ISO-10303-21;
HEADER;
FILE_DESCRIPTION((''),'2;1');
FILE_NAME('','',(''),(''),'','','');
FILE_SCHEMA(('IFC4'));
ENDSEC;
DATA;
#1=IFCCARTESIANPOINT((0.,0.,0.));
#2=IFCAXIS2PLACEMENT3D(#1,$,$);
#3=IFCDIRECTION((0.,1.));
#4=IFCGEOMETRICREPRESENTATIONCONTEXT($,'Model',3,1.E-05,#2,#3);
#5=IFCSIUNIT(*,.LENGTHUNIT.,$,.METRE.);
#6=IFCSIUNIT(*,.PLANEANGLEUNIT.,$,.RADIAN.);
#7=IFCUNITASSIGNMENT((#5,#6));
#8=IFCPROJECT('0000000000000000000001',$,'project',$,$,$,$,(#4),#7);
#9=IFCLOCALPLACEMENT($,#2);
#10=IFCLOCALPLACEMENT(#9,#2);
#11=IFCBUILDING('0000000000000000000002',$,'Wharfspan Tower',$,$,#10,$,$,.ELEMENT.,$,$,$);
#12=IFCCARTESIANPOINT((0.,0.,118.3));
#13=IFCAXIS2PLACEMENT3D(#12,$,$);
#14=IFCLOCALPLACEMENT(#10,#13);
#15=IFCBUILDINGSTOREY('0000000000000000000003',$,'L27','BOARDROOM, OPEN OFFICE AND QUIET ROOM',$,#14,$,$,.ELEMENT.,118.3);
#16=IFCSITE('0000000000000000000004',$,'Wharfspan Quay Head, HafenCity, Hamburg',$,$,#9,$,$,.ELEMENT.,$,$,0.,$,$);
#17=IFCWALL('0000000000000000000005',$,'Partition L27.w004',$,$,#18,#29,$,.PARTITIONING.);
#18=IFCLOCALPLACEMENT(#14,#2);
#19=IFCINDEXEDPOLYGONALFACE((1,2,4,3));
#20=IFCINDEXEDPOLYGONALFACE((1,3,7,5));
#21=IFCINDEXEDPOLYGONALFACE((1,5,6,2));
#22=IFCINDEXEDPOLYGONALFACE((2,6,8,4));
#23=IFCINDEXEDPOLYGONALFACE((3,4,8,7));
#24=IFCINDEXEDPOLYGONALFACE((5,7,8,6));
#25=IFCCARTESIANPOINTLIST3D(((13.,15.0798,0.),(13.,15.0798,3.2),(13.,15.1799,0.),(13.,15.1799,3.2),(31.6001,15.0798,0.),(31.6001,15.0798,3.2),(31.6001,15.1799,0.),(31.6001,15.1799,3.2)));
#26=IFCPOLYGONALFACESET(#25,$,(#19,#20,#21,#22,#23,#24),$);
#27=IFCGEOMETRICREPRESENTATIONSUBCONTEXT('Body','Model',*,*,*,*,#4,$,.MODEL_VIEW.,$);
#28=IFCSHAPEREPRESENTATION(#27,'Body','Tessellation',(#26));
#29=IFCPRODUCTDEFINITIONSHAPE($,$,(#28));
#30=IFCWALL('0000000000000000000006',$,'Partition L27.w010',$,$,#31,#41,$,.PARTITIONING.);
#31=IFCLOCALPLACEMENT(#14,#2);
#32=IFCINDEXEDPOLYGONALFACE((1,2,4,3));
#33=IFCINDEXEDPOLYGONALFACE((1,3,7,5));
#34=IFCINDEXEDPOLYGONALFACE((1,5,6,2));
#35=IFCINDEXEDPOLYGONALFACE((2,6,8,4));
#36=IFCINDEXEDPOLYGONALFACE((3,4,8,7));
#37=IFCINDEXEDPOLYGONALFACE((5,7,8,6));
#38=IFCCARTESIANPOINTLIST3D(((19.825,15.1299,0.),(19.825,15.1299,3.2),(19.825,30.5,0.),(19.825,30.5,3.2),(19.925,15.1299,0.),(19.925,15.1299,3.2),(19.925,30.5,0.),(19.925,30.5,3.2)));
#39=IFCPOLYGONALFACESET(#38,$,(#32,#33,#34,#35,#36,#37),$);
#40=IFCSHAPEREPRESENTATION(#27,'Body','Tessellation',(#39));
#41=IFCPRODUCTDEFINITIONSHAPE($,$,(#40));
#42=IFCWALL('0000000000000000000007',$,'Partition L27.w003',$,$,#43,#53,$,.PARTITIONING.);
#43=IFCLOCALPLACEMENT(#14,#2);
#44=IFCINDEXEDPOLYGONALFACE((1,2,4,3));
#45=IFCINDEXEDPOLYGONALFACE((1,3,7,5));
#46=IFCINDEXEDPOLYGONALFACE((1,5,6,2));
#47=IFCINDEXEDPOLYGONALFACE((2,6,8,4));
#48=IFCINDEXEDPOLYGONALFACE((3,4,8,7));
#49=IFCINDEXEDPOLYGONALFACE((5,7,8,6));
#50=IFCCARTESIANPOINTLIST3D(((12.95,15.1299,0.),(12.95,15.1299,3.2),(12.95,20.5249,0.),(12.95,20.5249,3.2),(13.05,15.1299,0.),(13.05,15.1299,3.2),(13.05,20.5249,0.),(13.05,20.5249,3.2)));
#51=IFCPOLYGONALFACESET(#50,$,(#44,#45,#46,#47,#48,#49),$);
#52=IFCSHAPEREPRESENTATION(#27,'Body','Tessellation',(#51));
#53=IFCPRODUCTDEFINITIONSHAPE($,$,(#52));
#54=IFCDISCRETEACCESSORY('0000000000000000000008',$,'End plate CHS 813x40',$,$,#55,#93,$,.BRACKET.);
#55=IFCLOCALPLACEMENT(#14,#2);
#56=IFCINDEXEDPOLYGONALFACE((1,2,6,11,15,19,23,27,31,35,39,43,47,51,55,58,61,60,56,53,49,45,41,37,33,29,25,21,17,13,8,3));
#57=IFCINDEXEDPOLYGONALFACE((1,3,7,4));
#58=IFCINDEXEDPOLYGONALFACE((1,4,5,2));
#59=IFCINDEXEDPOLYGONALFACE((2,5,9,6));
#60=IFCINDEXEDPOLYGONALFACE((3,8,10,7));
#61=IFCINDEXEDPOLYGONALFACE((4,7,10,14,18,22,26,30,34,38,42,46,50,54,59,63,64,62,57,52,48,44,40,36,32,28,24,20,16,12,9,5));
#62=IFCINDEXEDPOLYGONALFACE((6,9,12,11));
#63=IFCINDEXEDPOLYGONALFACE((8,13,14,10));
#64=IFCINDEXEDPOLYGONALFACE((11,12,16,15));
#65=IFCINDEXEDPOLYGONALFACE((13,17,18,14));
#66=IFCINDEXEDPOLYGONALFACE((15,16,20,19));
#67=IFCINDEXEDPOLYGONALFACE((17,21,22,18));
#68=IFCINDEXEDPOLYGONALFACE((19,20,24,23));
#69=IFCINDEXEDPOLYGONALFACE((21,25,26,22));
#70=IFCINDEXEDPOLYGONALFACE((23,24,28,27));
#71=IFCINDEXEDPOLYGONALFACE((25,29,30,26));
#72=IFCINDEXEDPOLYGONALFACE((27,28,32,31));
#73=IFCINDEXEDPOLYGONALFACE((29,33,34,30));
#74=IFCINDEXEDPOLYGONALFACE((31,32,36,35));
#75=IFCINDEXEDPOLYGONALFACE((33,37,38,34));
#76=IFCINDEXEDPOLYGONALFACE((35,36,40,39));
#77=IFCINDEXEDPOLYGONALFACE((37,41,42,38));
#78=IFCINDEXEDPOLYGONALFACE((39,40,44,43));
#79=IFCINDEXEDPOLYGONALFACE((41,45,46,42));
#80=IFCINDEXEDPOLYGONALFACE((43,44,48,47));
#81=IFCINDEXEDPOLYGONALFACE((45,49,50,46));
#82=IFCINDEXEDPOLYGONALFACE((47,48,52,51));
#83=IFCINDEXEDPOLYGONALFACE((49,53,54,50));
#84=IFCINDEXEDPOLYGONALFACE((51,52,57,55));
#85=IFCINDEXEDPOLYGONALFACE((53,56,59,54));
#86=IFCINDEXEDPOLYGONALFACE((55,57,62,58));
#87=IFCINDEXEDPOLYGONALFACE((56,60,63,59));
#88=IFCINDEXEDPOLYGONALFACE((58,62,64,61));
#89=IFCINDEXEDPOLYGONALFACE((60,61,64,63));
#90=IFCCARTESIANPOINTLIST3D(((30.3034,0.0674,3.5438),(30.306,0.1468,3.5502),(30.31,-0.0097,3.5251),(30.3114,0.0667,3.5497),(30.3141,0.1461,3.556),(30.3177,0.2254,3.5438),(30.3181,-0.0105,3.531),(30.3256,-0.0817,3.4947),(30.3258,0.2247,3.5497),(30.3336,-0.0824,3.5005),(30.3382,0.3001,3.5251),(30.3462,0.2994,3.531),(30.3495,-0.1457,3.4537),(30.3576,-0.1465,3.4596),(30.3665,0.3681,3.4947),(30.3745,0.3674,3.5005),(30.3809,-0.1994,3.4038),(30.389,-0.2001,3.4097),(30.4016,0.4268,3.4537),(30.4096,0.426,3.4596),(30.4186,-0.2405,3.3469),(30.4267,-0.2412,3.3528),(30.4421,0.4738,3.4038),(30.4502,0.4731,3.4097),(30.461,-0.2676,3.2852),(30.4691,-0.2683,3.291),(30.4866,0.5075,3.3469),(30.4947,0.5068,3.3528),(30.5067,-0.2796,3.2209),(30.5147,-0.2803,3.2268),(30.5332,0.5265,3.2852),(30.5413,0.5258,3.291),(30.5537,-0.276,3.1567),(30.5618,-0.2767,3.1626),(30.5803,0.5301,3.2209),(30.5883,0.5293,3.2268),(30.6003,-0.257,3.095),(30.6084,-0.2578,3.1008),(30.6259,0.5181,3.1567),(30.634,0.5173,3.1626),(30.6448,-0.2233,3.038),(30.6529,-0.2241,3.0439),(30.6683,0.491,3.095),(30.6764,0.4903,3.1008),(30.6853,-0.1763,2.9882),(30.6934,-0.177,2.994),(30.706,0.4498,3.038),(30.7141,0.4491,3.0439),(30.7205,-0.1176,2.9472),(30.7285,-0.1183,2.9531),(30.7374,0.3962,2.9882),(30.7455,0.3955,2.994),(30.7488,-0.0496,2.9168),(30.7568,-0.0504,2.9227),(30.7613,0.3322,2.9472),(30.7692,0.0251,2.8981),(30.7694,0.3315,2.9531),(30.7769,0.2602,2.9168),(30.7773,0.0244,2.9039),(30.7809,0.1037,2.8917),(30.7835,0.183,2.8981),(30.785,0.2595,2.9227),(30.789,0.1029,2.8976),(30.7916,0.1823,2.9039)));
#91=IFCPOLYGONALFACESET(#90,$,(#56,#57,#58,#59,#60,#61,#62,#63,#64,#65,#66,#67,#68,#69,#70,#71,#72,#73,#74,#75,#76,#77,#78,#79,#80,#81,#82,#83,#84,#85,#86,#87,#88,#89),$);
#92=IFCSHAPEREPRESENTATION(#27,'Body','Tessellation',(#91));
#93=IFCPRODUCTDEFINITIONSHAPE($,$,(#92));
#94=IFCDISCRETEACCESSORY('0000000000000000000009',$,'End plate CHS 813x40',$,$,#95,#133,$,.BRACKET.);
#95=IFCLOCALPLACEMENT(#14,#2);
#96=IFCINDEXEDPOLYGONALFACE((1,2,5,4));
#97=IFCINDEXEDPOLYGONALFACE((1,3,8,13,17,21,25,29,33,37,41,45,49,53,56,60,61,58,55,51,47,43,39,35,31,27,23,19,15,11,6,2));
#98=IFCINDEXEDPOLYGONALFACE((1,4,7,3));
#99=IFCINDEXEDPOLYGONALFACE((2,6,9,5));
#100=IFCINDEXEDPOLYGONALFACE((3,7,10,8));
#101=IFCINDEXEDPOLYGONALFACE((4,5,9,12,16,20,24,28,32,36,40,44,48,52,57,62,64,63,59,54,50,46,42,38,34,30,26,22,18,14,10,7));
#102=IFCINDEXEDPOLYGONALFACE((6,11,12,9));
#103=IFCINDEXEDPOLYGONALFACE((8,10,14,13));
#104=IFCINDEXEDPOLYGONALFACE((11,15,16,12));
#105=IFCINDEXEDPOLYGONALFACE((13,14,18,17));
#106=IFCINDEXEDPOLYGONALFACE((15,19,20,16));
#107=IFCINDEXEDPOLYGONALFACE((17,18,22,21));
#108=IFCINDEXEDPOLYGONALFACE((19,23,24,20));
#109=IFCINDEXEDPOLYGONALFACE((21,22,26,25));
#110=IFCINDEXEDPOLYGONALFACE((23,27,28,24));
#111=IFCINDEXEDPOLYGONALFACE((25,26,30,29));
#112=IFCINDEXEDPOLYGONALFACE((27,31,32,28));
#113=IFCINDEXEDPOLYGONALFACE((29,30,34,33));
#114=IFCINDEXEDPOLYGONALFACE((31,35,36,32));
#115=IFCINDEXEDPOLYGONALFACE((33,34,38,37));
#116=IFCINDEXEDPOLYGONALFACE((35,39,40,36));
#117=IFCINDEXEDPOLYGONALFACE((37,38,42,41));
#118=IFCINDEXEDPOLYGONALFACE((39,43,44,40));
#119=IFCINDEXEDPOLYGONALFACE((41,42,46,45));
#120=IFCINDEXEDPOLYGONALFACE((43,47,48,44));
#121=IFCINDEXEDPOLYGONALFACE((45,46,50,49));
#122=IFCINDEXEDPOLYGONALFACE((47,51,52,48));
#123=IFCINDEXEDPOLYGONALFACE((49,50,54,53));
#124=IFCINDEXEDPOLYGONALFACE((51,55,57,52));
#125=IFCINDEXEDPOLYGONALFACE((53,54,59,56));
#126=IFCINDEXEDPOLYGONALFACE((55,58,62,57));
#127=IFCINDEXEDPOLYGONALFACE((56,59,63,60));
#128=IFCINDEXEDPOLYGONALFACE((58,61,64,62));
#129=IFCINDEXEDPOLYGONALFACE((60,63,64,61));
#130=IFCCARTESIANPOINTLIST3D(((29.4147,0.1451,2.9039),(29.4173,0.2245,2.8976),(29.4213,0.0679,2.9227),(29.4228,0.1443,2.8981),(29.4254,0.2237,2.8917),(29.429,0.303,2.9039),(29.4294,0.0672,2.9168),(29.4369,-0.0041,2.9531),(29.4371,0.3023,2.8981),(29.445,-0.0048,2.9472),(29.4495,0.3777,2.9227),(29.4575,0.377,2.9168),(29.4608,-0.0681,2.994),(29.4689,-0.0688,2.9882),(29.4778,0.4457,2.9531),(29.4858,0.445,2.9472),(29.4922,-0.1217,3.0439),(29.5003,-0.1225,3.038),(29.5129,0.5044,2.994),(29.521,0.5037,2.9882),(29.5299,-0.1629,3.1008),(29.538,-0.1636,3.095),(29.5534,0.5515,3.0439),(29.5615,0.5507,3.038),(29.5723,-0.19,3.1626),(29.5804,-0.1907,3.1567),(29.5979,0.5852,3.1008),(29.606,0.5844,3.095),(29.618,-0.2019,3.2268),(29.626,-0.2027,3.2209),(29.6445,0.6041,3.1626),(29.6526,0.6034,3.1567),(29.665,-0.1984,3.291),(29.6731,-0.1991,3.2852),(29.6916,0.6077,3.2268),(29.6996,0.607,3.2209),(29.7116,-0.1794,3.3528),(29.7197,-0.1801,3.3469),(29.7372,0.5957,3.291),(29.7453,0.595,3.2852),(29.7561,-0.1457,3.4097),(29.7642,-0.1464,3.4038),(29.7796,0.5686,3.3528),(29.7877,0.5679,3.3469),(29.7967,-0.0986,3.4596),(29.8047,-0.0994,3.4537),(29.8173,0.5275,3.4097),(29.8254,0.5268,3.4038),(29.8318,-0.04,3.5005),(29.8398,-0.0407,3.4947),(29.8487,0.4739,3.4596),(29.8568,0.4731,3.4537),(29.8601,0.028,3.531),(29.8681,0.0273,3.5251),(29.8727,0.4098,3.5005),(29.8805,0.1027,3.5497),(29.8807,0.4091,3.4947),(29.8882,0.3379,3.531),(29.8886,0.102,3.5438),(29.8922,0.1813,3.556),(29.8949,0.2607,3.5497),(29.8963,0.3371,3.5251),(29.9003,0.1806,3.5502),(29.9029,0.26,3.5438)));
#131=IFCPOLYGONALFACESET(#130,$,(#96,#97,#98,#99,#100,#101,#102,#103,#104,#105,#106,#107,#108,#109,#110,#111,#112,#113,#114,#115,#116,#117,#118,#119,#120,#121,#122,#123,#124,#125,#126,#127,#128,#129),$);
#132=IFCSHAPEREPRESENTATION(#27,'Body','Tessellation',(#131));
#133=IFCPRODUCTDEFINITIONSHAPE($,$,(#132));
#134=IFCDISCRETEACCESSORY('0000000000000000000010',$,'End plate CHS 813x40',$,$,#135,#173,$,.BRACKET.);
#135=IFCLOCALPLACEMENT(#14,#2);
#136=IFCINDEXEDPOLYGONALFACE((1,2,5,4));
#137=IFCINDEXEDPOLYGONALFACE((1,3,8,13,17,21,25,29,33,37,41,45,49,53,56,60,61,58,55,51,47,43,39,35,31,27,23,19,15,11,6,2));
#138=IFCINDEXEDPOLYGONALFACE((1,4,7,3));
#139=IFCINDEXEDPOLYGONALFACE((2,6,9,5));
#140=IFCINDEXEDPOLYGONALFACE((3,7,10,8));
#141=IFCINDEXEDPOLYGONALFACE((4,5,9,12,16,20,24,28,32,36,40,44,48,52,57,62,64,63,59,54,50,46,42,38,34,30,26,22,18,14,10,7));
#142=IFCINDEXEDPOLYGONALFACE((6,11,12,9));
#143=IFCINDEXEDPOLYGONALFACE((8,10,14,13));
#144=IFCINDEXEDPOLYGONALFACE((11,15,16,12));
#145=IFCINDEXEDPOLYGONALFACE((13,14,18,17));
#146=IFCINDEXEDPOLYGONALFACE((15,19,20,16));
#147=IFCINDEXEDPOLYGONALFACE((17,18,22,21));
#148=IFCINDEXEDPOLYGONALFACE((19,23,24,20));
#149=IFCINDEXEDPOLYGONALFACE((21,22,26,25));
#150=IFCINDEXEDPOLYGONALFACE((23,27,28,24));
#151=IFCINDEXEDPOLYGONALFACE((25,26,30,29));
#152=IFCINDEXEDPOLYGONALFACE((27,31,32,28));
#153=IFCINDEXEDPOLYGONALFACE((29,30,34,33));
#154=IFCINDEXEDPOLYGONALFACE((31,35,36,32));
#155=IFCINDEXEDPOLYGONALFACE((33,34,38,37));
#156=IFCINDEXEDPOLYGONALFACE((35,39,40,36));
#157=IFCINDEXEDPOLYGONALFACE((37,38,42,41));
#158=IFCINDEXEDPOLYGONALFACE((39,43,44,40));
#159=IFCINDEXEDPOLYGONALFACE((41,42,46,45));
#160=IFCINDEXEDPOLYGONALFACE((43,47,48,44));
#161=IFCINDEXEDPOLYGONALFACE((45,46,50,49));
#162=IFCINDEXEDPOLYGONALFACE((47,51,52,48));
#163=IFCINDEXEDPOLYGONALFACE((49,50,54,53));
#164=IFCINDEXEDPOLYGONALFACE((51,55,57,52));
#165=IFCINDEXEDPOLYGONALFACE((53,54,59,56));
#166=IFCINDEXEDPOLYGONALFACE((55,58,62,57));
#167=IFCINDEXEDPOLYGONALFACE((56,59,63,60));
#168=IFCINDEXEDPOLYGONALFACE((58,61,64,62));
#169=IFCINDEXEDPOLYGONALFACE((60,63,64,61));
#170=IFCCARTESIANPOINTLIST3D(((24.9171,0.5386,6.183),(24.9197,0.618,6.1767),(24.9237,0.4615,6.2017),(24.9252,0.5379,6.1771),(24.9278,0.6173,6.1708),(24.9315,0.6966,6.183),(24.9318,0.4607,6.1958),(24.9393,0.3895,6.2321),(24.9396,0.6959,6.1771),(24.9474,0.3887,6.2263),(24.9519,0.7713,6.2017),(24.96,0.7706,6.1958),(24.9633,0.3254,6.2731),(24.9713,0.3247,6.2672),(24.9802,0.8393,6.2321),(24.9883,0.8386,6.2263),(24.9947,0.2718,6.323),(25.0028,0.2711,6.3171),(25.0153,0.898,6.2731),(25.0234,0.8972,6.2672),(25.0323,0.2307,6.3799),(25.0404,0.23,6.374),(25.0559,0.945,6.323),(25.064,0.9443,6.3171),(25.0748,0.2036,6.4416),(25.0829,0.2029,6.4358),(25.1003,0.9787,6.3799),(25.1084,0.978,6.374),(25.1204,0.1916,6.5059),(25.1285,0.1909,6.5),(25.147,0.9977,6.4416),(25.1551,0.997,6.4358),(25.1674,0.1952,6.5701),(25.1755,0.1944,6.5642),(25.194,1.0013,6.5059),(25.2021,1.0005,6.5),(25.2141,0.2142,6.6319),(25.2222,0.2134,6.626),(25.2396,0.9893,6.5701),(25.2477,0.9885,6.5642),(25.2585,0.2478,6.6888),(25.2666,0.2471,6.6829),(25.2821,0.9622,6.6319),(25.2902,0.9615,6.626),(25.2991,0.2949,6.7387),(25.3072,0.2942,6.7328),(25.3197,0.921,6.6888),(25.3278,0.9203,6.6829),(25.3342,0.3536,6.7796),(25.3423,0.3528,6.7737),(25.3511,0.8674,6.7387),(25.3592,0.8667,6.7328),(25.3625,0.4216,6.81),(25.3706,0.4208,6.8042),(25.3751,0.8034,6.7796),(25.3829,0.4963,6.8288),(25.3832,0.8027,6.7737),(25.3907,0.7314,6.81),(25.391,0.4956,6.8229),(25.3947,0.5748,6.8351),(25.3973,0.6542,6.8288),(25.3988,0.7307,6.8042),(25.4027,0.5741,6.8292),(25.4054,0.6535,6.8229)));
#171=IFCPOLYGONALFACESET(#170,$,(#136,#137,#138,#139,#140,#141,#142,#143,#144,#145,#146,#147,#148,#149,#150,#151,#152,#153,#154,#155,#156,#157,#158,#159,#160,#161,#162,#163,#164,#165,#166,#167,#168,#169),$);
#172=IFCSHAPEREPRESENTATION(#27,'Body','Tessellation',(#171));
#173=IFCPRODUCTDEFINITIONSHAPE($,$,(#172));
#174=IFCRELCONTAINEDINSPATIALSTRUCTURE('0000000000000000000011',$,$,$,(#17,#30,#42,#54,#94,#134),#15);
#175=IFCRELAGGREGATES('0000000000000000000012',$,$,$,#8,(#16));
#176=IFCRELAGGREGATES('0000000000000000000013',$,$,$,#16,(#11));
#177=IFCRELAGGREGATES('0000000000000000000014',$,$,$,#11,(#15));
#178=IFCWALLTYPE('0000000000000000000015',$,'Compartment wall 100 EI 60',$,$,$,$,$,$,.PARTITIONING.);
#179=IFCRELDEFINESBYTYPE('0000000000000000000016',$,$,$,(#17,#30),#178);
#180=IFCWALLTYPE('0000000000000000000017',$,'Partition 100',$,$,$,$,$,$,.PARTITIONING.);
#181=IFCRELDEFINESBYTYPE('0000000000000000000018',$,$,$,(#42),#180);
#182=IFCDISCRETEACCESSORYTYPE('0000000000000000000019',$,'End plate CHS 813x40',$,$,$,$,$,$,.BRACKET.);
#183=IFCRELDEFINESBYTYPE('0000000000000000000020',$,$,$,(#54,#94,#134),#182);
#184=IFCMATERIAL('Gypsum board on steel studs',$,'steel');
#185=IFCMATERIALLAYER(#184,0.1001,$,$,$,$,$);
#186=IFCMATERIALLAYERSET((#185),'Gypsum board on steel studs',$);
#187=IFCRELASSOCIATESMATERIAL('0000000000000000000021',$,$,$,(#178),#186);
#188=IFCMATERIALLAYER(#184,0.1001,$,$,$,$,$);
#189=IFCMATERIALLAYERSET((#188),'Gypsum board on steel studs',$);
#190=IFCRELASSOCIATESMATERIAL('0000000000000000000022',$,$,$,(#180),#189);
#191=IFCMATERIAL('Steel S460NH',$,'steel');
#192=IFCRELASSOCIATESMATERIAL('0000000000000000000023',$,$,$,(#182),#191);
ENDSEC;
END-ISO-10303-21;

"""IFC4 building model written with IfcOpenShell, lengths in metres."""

from ifc_helpers import new_model, si_unit, direction, frame, frame_2d, origin, origin_2d, place, context, subcontext, project, spatial, rectangle, circle, extrude, material, layer, layer_set, material_profile, profile_set, type_object, element, save


model = new_model("IFC4")

# Units and contexts
model_context = context("Model", 3, precision=1e-05, world=origin(), true_north=direction((0.0, 1.0)))
body_context = subcontext(model_context, "Body", "Model", "MODEL_VIEW")
ifc_project = project(units=[si_unit("LENGTHUNIT", "METRE"), si_unit("PLANEANGLEUNIT", "RADIAN")], contexts=[model_context])

# Site, building, storey
site_placement = place(None, origin())
site = spatial("IfcSite", under=ifc_project, at=site_placement, Name="Wharfspan Quay Head, HafenCity, Hamburg", CompositionType="ELEMENT", RefElevation=0.0)
building_placement = place(site_placement, origin())
building = spatial("IfcBuilding", under=site, at=building_placement, Name="Wharfspan Tower", CompositionType="ELEMENT")
storey_placement = place(building_placement, frame((0.0, 0.0, 118.3)))
storey = spatial("IfcBuildingStorey", under=building, at=storey_placement, Name="L27", Description="BOARDROOM, OPEN OFFICE AND QUIET ROOM", CompositionType="ELEMENT", Elevation=118.3)

# Shared definitions
ifc_material_1 = material(Name="Steel S460NH", Category="steel")

# Walls
ifc_material_2 = material(Name="Gypsum board on steel studs", Category="steel")
ifc_layer_1 = layer(ifc_material_2, 0.1001)
ifc_layer_set_1 = layer_set([ifc_layer_1], Name="Gypsum board on steel studs")
wall_type_1 = type_object("IfcWallType", Name="Compartment wall 100 EI 60", PredefinedType="PARTITIONING", material=ifc_layer_set_1)
wall_1_placement = place(storey_placement, frame((13.0, 15.1299, 0.0), z_axis=(0.0, 0.0, 1.0), x_axis=(1.0, 0.0, 0.0)))
element("IfcWall", 1, at=wall_1_placement, inside=storey, type_object=wall_type_1, Name="Partition L27.w004", PredefinedType="PARTITIONING", context=body_context, shape_type="SweptSolid", body=[
    extrude(rectangle(XDim=18.6001, YDim=0.1001, at=frame_2d((9.3, 0.0))), origin(), (0.0, 0.0, 1.0), 3.2),
])
wall_2_placement = place(storey_placement, frame((19.875, 15.1299, 0.0), z_axis=(0.0, 0.0, 1.0), x_axis=(0.0, 1.0, 0.0)))
element("IfcWall", 2, at=wall_2_placement, inside=storey, type_object=wall_type_1, Name="Partition L27.w010", PredefinedType="PARTITIONING", context=body_context, shape_type="SweptSolid", body=[
    extrude(rectangle(XDim=15.3701, YDim=0.1001, at=frame_2d((7.6851, 0.0))), origin(), (0.0, 0.0, 1.0), 3.2),
])
ifc_layer_2 = layer(ifc_material_2, 0.1001)
ifc_layer_set_2 = layer_set([ifc_layer_2], Name="Gypsum board on steel studs")
wall_type_2 = type_object("IfcWallType", Name="Partition 100", PredefinedType="PARTITIONING", material=ifc_layer_set_2)
wall_3_placement = place(storey_placement, frame((13.0, 15.1299, 0.0), z_axis=(0.0, 0.0, 1.0), x_axis=(0.0, 1.0, 0.0)))
element("IfcWall", 3, at=wall_3_placement, inside=storey, type_object=wall_type_2, Name="Partition L27.w003", PredefinedType="PARTITIONING", context=body_context, shape_type="SweptSolid", body=[
    extrude(rectangle(XDim=5.395, YDim=0.1001, at=frame_2d((2.6975, 0.0))), origin(), (0.0, 0.0, 1.0), 3.2),
])

# Discrete accessories
ifc_material_profile_1 = material_profile(ifc_material_1, circle(Radius=0.4065, at=origin_2d()))
ifc_profile_set_1 = profile_set([ifc_material_profile_1], Name="Steel S460NH")
discrete_accessory_type = type_object("IfcDiscreteAccessoryType", Name="End plate CHS 813x40", PredefinedType="BRACKET", material=ifc_profile_set_1)
for number, where, z_axis, x_axis, name in (
    (4, (30.5435, 0.1252, 3.2209), (0.806559, -0.073324, 0.586588), (0.090536, 0.99589, 0.0), "End plate CHS 813x40"),
    (5, (29.6628, 0.2021, 3.2209), (-0.806559, 0.073324, 0.586588), (-0.090536, -0.99589, 0.0), "End plate CHS 813x40"),
    (6, (25.1653, 0.5957, 6.5), (-0.806559, 0.073324, 0.586588), (-0.090536, -0.99589, 0.0), "End plate CHS 813x40"),
):
    element("IfcDiscreteAccessory", number, at=place(storey_placement, frame(where, z_axis=z_axis, x_axis=x_axis)), inside=storey, type_object=discrete_accessory_type, Name=name, PredefinedType="BRACKET", context=body_context, shape_type="SweptSolid", body=[
        extrude(circle(Radius=0.4065, at=origin_2d()), origin(), (0.0, 0.0, 1.0), 0.01),
    ])

save(model, "model.ifc")
